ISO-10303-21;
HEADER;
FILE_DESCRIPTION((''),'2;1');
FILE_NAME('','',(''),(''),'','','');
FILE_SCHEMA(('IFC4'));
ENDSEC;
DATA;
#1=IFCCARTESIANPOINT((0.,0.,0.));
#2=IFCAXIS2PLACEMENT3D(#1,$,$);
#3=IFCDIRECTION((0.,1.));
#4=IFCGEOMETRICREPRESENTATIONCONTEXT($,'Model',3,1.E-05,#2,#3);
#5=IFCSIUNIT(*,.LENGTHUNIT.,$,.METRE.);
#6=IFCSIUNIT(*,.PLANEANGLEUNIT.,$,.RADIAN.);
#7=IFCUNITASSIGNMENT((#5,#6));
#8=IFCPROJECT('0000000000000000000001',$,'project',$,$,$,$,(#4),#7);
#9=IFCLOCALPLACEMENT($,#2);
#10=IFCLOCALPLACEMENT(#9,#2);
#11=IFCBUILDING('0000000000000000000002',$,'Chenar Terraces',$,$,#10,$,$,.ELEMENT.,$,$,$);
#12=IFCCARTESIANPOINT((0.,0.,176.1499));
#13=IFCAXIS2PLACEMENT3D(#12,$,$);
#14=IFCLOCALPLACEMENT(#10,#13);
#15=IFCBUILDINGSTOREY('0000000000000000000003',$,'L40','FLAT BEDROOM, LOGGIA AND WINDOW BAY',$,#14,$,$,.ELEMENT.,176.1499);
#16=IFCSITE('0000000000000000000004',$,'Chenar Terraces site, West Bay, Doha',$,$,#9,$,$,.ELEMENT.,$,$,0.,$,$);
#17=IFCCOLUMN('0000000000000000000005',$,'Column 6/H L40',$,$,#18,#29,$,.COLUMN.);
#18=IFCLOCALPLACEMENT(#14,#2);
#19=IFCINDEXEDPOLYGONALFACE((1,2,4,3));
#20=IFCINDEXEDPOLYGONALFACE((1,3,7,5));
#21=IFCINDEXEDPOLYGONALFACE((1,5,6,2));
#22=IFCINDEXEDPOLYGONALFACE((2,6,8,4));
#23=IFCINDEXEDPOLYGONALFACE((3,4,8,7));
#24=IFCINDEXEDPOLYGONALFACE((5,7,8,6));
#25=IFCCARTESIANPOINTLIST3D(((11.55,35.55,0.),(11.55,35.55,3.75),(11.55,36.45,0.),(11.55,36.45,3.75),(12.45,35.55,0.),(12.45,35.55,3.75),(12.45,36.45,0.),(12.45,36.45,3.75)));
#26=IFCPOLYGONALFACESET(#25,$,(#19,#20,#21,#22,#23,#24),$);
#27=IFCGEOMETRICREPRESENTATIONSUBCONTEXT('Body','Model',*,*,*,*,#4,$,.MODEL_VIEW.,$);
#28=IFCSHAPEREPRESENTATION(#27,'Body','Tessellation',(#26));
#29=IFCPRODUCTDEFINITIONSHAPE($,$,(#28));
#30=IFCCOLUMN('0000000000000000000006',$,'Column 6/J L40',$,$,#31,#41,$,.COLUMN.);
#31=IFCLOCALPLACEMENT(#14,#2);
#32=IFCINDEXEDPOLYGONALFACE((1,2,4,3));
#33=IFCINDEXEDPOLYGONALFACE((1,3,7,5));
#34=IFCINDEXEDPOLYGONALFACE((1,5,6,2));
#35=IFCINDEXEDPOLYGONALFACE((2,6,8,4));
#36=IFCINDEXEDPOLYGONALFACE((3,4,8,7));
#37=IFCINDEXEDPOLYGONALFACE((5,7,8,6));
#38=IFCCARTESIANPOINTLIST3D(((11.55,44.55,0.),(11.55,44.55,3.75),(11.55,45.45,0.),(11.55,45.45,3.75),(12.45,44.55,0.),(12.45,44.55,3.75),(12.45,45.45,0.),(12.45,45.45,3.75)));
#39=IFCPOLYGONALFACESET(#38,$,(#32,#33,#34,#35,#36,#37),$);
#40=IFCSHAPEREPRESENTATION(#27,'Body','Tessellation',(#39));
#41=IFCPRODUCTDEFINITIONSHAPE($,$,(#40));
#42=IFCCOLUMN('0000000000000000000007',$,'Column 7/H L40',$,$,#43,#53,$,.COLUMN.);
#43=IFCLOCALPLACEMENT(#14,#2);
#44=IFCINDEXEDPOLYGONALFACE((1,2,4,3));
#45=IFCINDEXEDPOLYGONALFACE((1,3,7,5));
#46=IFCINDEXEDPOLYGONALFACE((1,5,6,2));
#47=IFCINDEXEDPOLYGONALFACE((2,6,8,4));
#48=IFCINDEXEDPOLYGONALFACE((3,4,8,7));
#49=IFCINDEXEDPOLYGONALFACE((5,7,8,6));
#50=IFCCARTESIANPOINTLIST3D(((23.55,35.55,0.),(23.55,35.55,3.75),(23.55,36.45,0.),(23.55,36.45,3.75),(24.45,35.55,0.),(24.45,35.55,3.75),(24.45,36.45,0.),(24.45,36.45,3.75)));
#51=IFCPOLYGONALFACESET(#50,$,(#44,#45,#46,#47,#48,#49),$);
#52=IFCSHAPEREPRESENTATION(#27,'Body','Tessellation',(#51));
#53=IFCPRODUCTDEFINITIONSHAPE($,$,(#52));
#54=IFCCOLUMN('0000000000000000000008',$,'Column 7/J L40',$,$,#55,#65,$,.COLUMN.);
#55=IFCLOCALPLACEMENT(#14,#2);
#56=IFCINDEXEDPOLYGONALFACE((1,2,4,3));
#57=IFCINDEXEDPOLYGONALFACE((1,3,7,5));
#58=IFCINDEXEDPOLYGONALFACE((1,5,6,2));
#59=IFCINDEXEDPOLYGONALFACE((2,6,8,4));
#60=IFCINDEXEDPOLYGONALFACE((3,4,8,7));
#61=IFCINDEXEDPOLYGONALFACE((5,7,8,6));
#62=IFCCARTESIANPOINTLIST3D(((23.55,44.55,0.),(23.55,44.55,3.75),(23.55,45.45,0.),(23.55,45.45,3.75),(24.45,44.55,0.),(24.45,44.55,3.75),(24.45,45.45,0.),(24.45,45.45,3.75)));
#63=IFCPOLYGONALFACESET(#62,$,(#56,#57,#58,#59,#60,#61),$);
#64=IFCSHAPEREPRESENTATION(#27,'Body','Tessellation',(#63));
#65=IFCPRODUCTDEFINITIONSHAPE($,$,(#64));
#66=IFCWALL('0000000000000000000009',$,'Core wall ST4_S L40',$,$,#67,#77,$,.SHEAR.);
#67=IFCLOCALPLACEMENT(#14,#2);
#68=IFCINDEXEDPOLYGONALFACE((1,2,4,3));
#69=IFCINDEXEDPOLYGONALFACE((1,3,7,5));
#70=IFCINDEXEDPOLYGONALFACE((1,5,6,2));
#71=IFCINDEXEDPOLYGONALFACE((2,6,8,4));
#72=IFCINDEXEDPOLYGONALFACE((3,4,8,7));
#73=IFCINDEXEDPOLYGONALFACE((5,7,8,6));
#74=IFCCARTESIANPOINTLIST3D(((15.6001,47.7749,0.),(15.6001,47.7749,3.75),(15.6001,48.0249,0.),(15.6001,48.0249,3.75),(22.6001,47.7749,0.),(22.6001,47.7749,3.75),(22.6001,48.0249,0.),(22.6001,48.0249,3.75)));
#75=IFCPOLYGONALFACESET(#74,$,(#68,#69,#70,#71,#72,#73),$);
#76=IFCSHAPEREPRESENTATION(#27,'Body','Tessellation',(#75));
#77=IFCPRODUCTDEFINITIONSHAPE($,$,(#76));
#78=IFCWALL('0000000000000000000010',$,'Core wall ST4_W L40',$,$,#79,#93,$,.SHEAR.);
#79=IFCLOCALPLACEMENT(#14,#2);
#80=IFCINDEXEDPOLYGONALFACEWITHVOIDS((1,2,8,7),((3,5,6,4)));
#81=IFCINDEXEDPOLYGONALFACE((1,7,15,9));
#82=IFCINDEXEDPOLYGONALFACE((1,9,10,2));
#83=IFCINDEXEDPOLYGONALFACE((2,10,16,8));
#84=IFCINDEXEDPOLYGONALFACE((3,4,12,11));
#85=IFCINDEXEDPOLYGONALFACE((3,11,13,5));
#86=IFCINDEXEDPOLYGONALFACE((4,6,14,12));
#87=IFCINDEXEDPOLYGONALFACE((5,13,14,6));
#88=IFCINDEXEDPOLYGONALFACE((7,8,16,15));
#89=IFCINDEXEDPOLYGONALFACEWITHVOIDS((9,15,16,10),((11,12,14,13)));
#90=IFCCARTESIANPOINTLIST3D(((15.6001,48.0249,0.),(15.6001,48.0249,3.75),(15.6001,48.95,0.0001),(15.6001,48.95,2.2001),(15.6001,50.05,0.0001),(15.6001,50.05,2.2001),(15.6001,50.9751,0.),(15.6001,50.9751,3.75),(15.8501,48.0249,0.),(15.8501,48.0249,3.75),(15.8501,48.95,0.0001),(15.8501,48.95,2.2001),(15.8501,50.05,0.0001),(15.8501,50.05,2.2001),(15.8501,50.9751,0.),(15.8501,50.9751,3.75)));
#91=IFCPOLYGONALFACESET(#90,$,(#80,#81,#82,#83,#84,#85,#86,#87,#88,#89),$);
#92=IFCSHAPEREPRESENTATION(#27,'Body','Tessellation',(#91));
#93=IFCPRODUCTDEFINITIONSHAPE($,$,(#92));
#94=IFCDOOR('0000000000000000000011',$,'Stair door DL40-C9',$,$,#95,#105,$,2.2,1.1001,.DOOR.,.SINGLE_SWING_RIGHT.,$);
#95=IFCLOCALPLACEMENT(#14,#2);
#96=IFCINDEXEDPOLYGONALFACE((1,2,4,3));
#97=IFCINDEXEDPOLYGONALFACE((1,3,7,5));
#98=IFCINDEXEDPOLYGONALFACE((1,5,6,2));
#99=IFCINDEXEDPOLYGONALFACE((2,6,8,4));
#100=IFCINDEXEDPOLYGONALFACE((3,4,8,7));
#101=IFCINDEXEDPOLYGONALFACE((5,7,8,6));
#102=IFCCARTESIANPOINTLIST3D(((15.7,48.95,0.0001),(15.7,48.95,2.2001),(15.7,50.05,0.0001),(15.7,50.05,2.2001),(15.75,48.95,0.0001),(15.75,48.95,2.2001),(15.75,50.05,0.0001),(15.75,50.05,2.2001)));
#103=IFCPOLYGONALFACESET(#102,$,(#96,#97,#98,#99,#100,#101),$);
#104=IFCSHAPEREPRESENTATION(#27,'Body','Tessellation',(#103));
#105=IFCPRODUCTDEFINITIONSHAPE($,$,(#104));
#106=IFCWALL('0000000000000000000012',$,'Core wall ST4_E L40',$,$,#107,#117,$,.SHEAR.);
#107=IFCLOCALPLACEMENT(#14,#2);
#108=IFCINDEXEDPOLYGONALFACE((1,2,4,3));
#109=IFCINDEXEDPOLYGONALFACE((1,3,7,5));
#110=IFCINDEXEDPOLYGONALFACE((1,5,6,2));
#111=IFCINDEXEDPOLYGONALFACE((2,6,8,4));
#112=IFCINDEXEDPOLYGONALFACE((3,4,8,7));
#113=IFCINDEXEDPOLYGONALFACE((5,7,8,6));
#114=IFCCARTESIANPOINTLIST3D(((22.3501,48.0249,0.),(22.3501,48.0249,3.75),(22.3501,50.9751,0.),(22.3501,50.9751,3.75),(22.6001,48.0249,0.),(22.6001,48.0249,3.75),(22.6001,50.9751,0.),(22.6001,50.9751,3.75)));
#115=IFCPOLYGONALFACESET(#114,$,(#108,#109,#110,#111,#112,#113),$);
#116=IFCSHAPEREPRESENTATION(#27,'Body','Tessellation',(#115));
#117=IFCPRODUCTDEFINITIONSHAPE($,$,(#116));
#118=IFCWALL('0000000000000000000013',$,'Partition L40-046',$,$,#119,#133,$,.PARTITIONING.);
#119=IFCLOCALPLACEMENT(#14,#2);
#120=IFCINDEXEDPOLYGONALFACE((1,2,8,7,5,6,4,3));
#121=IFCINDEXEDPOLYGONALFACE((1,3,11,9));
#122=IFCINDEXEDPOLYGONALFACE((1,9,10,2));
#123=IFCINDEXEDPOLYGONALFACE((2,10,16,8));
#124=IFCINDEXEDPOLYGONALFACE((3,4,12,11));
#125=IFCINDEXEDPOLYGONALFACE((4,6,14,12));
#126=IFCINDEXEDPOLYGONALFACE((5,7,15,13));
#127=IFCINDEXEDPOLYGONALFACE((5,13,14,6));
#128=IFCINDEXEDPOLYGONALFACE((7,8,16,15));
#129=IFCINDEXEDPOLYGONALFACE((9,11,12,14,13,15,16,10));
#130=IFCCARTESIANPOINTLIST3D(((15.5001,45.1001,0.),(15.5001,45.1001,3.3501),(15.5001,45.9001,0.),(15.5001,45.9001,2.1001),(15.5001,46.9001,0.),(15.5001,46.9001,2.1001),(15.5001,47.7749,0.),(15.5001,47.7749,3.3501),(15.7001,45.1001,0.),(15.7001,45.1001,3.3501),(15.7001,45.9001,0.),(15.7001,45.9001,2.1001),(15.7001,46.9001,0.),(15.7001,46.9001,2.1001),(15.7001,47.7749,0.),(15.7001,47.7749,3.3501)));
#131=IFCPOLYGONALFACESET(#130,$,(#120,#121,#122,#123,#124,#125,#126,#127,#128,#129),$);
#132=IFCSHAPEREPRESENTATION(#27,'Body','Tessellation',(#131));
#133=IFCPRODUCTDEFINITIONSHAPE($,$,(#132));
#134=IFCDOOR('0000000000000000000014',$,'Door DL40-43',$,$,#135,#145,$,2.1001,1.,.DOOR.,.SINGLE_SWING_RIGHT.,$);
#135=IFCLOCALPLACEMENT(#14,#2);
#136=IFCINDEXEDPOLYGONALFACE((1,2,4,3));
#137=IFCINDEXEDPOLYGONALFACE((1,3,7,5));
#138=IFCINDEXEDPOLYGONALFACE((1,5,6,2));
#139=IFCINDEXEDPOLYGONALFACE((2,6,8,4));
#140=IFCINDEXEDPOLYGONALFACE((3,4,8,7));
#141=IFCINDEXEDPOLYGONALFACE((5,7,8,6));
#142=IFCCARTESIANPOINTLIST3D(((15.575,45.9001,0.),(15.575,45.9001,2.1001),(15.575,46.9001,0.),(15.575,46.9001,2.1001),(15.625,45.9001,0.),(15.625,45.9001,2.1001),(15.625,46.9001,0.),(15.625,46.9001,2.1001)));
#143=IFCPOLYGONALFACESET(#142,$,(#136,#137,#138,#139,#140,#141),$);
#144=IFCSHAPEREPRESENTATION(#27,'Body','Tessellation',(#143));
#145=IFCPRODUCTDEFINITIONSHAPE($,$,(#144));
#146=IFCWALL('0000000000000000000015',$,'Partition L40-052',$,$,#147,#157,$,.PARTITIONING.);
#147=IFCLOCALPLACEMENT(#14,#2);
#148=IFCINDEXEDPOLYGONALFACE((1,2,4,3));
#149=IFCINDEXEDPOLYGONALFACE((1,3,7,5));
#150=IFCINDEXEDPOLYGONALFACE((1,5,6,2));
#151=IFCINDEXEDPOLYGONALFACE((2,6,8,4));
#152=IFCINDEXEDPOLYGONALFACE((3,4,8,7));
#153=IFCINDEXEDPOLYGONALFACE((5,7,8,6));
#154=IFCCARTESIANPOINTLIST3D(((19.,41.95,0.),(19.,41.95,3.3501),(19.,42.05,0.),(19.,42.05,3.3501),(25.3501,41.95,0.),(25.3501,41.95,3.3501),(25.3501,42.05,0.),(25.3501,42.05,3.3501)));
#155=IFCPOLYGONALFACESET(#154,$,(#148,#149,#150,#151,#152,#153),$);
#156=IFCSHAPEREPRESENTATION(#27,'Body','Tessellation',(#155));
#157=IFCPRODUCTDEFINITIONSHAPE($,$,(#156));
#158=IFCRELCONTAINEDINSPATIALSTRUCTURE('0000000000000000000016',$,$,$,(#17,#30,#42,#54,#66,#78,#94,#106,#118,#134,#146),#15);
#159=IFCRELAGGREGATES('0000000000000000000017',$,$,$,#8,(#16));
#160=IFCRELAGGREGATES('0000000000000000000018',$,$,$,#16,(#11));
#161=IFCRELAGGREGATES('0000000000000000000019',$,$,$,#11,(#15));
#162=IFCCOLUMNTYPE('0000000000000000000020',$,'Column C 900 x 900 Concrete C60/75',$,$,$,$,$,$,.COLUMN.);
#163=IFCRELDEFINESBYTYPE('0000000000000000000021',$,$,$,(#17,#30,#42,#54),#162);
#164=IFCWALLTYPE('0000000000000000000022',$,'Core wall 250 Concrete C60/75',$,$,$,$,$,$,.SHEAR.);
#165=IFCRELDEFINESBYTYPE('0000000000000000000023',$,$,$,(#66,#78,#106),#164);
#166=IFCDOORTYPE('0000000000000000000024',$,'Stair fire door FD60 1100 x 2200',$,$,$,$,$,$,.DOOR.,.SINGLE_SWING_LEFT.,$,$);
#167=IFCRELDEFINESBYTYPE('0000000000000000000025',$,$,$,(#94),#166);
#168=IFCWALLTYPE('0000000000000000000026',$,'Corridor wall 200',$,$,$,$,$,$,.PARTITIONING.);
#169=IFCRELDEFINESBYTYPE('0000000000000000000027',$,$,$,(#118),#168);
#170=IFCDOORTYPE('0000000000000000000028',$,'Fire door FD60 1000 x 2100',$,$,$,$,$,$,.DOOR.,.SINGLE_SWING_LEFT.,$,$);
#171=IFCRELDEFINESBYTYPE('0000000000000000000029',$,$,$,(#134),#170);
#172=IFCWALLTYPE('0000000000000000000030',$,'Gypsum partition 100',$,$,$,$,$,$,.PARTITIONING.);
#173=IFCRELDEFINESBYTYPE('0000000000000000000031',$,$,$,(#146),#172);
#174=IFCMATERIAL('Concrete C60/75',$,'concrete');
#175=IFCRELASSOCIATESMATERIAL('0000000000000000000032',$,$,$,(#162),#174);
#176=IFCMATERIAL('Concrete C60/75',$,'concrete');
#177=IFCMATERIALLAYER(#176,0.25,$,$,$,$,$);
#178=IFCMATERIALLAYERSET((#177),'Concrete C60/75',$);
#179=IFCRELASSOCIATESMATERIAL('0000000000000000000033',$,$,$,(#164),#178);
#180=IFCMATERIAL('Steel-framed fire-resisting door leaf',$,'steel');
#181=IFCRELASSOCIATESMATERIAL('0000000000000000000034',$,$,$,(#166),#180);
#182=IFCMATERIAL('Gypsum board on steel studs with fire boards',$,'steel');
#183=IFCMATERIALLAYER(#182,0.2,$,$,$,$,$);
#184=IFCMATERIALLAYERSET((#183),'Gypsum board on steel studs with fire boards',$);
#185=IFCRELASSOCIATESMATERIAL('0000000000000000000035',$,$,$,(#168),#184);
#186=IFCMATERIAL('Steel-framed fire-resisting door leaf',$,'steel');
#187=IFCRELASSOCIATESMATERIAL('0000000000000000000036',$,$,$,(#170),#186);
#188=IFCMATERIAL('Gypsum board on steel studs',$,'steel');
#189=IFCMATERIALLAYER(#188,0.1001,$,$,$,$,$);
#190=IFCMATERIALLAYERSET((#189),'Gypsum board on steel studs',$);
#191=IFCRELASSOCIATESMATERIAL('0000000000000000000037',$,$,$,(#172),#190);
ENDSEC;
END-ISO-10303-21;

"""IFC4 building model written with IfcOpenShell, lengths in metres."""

from ifc_helpers import new_model, si_unit, direction, frame, frame_2d, origin, origin_2d, place, context, subcontext, project, spatial, rectangle, extrude, material, layer, layer_set, material_profile, profile_set, type_object, element, fill, save


model = new_model("IFC4")

# Units and contexts
model_context = context("Model", 3, precision=1e-05, world=origin(), true_north=direction((0.0, 1.0)))
body_context = subcontext(model_context, "Body", "Model", "MODEL_VIEW")
ifc_project = project(units=[si_unit("LENGTHUNIT", "METRE"), si_unit("PLANEANGLEUNIT", "RADIAN")], contexts=[model_context])

# Site, building, storey
site_placement = place(None, origin())
site = spatial("IfcSite", under=ifc_project, at=site_placement, Name="Chenar Terraces site, West Bay, Doha", CompositionType="ELEMENT", RefElevation=0.0)
building_placement = place(site_placement, origin())
building = spatial("IfcBuilding", under=site, at=building_placement, Name="Chenar Terraces", CompositionType="ELEMENT")
storey_placement = place(building_placement, frame((0.0, 0.0, 176.1499)))
storey = spatial("IfcBuildingStorey", under=building, at=storey_placement, Name="L40", Description="FLAT BEDROOM, LOGGIA AND WINDOW BAY", CompositionType="ELEMENT", Elevation=176.1499)

# Columns
ifc_material_1 = material(Name="Concrete C60/75", Category="concrete")
ifc_material_profile = material_profile(ifc_material_1, rectangle(XDim=0.8999, YDim=0.8999, at=origin_2d()), Name="C 900 x 900")
ifc_profile_set = profile_set([ifc_material_profile], Name="Concrete C60/75")
column_type = type_object("IfcColumnType", Name="Column C 900 x 900 Concrete C60/75", PredefinedType="COLUMN", material=ifc_profile_set)
for number, where, z_axis, x_axis, name in (
    (1, (12.0, 36.0, 0.0), (0.0, 0.0, 1.0), (1.0, 0.0, 0.0), "Column 6/H L40"),
    (2, (12.0, 45.0, 0.0), (0.0, 0.0, 1.0), (1.0, 0.0, 0.0), "Column 6/J L40"),
    (3, (24.0, 36.0, 0.0), (0.0, 0.0, 1.0), (1.0, 0.0, 0.0), "Column 7/H L40"),
    (4, (24.0, 45.0, 0.0), (0.0, 0.0, 1.0), (1.0, 0.0, 0.0), "Column 7/J L40"),
):
    element("IfcColumn", number, at=place(storey_placement, frame(where, z_axis=z_axis, x_axis=x_axis)), inside=storey, type_object=column_type, Name=name, PredefinedType="COLUMN", context=body_context, shape_type="SweptSolid", body=[
        extrude(rectangle(XDim=0.8999, YDim=0.8999, at=origin_2d()), origin(), (0.0, 0.0, 1.0), 3.75),
    ])

# Wall
ifc_material_2 = material(Name="Concrete C60/75", Category="concrete")
ifc_layer_1 = layer(ifc_material_2, 0.25)
ifc_layer_set_1 = layer_set([ifc_layer_1], Name="Concrete C60/75")
wall_type_1 = type_object("IfcWallType", Name="Core wall 250 Concrete C60/75", PredefinedType="SHEAR", material=ifc_layer_set_1)
wall_1_placement = place(storey_placement, frame((15.6001, 47.8999, 0.0), z_axis=(0.0, 0.0, 1.0), x_axis=(1.0, 0.0, 0.0)))
element("IfcWall", 5, at=wall_1_placement, inside=storey, type_object=wall_type_1, Name="Core wall ST4_S L40", PredefinedType="SHEAR", context=body_context, shape_type="SweptSolid", body=[
    extrude(rectangle(XDim=7.0, YDim=0.25, at=frame_2d((3.5, 0.0))), origin(), (0.0, 0.0, 1.0), 3.75),
])

# Wall, opening, door
wall_2_placement = place(storey_placement, frame((15.7251, 48.0249, 0.0), z_axis=(0.0, 0.0, 1.0), x_axis=(0.0, 1.0, 0.0)))
wall_2 = element("IfcWall", 6, at=wall_2_placement, inside=storey, type_object=wall_type_1, Name="Core wall ST4_W L40", PredefinedType="SHEAR", context=body_context, shape_type="SweptSolid", body=[
    extrude(rectangle(XDim=2.9502, YDim=0.25, at=frame_2d((1.4751, 0.0))), origin(), (0.0, 0.0, 1.0), 3.75),
])
opening_1_placement = place(wall_2_placement, frame((0.925, 0.0, 0.0)))
opening_1 = element("IfcOpeningElement", 7, at=opening_1_placement, cuts=wall_2, PredefinedType="OPENING", context=body_context, shape_type="SweptSolid", body=[
    extrude(rectangle(XDim=1.1001, YDim=2.2, at=frame_2d((0.55, 1.1001))), frame((0.0, 0.135, 0.0), z_axis=(0.0, -1.0, 0.0), x_axis=(1.0, 0.0, 0.0)), (0.0, 0.0, 1.0), 0.27),
])
ifc_material_3 = material(Name="Steel-framed fire-resisting door leaf", Category="steel")
door_type_1 = type_object("IfcDoorType", Name="Stair fire door FD60 1100 x 2200", OperationType="SINGLE_SWING_LEFT", PredefinedType="DOOR", material=ifc_material_3)
door_1_placement = place(opening_1_placement, frame((1.1001, 0.0, 0.0), z_axis=(0.0, 0.0, 1.0), x_axis=(-1.0, 0.0, 0.0)))
door_1 = element("IfcDoor", 8, at=door_1_placement, inside=storey, type_object=door_type_1, Name="Stair door DL40-C9", OperationType="SINGLE_SWING_RIGHT", OverallHeight=2.2, OverallWidth=1.1001, PredefinedType="DOOR", context=body_context, shape_type="SweptSolid", body=[
    extrude(rectangle(XDim=1.1001, YDim=2.2, at=frame_2d((0.55, 1.1001))), frame((0.0, 0.0249, 0.0), z_axis=(0.0, -1.0, 0.0), x_axis=(1.0, 0.0, 0.0)), (0.0, 0.0, 1.0), 0.05),
])
fill(opening_1, door_1)

# Wall
wall_3_placement = place(storey_placement, frame((22.4751, 48.0249, 0.0), z_axis=(0.0, 0.0, 1.0), x_axis=(0.0, 1.0, 0.0)))
element("IfcWall", 9, at=wall_3_placement, inside=storey, type_object=wall_type_1, Name="Core wall ST4_E L40", PredefinedType="SHEAR", context=body_context, shape_type="SweptSolid", body=[
    extrude(rectangle(XDim=2.9502, YDim=0.25, at=frame_2d((1.4751, 0.0))), origin(), (0.0, 0.0, 1.0), 3.75),
])

# Wall, opening, door
ifc_material_4 = material(Name="Gypsum board on steel studs with fire boards", Category="steel")
ifc_layer_2 = layer(ifc_material_4, 0.2)
ifc_layer_set_2 = layer_set([ifc_layer_2], Name="Gypsum board on steel studs with fire boards")
wall_type_2 = type_object("IfcWallType", Name="Corridor wall 200", PredefinedType="PARTITIONING", material=ifc_layer_set_2)
wall_4_placement = place(storey_placement, frame((15.6001, 45.1001, 0.0), z_axis=(0.0, 0.0, 1.0), x_axis=(0.0, 1.0, 0.0)))
wall_4 = element("IfcWall", 10, at=wall_4_placement, inside=storey, type_object=wall_type_2, Name="Partition L40-046", PredefinedType="PARTITIONING", context=body_context, shape_type="SweptSolid", body=[
    extrude(rectangle(XDim=2.6748, YDim=0.2, at=frame_2d((1.3374, 0.0))), origin(), (0.0, 0.0, 1.0), 3.3501),
])
opening_2_placement = place(wall_4_placement, frame((0.8, 0.0, 0.0)))
opening_2 = element("IfcOpeningElement", 11, at=opening_2_placement, cuts=wall_4, PredefinedType="OPENING", context=body_context, shape_type="SweptSolid", body=[
    extrude(rectangle(XDim=1.0, YDim=2.1001, at=frame_2d((0.5, 1.05))), frame((0.0, 0.1099, 0.0), z_axis=(0.0, -1.0, 0.0), x_axis=(1.0, 0.0, 0.0)), (0.0, 0.0, 1.0), 0.22),
])
ifc_material_5 = material(Name="Steel-framed fire-resisting door leaf", Category="steel")
door_type_2 = type_object("IfcDoorType", Name="Fire door FD60 1000 x 2100", OperationType="SINGLE_SWING_LEFT", PredefinedType="DOOR", material=ifc_material_5)
door_2_placement = place(opening_2_placement, frame((1.0, 0.0, 0.0), z_axis=(0.0, 0.0, 1.0), x_axis=(-1.0, 0.0, 0.0)))
door_2 = element("IfcDoor", 12, at=door_2_placement, inside=storey, type_object=door_type_2, Name="Door DL40-43", OperationType="SINGLE_SWING_RIGHT", OverallHeight=2.1001, OverallWidth=1.0, PredefinedType="DOOR", context=body_context, shape_type="SweptSolid", body=[
    extrude(rectangle(XDim=1.0, YDim=2.1001, at=frame_2d((0.5, 1.05))), frame((0.0, 0.0249, 0.0), z_axis=(0.0, -1.0, 0.0), x_axis=(1.0, 0.0, 0.0)), (0.0, 0.0, 1.0), 0.05),
])
fill(opening_2, door_2)

# Wall
ifc_material_6 = material(Name="Gypsum board on steel studs", Category="steel")
ifc_layer_3 = layer(ifc_material_6, 0.1001)
ifc_layer_set_3 = layer_set([ifc_layer_3], Name="Gypsum board on steel studs")
wall_type_3 = type_object("IfcWallType", Name="Gypsum partition 100", PredefinedType="PARTITIONING", material=ifc_layer_set_3)
wall_5_placement = place(storey_placement, frame((19.0, 42.0, 0.0), z_axis=(0.0, 0.0, 1.0), x_axis=(1.0, 0.0, 0.0)))
element("IfcWall", 13, at=wall_5_placement, inside=storey, type_object=wall_type_3, Name="Partition L40-052", PredefinedType="PARTITIONING", context=body_context, shape_type="SweptSolid", body=[
    extrude(rectangle(XDim=6.3501, YDim=0.1001, at=frame_2d((3.175, 0.0))), origin(), (0.0, 0.0, 1.0), 3.3501),
])

save(model, "model.ifc")
